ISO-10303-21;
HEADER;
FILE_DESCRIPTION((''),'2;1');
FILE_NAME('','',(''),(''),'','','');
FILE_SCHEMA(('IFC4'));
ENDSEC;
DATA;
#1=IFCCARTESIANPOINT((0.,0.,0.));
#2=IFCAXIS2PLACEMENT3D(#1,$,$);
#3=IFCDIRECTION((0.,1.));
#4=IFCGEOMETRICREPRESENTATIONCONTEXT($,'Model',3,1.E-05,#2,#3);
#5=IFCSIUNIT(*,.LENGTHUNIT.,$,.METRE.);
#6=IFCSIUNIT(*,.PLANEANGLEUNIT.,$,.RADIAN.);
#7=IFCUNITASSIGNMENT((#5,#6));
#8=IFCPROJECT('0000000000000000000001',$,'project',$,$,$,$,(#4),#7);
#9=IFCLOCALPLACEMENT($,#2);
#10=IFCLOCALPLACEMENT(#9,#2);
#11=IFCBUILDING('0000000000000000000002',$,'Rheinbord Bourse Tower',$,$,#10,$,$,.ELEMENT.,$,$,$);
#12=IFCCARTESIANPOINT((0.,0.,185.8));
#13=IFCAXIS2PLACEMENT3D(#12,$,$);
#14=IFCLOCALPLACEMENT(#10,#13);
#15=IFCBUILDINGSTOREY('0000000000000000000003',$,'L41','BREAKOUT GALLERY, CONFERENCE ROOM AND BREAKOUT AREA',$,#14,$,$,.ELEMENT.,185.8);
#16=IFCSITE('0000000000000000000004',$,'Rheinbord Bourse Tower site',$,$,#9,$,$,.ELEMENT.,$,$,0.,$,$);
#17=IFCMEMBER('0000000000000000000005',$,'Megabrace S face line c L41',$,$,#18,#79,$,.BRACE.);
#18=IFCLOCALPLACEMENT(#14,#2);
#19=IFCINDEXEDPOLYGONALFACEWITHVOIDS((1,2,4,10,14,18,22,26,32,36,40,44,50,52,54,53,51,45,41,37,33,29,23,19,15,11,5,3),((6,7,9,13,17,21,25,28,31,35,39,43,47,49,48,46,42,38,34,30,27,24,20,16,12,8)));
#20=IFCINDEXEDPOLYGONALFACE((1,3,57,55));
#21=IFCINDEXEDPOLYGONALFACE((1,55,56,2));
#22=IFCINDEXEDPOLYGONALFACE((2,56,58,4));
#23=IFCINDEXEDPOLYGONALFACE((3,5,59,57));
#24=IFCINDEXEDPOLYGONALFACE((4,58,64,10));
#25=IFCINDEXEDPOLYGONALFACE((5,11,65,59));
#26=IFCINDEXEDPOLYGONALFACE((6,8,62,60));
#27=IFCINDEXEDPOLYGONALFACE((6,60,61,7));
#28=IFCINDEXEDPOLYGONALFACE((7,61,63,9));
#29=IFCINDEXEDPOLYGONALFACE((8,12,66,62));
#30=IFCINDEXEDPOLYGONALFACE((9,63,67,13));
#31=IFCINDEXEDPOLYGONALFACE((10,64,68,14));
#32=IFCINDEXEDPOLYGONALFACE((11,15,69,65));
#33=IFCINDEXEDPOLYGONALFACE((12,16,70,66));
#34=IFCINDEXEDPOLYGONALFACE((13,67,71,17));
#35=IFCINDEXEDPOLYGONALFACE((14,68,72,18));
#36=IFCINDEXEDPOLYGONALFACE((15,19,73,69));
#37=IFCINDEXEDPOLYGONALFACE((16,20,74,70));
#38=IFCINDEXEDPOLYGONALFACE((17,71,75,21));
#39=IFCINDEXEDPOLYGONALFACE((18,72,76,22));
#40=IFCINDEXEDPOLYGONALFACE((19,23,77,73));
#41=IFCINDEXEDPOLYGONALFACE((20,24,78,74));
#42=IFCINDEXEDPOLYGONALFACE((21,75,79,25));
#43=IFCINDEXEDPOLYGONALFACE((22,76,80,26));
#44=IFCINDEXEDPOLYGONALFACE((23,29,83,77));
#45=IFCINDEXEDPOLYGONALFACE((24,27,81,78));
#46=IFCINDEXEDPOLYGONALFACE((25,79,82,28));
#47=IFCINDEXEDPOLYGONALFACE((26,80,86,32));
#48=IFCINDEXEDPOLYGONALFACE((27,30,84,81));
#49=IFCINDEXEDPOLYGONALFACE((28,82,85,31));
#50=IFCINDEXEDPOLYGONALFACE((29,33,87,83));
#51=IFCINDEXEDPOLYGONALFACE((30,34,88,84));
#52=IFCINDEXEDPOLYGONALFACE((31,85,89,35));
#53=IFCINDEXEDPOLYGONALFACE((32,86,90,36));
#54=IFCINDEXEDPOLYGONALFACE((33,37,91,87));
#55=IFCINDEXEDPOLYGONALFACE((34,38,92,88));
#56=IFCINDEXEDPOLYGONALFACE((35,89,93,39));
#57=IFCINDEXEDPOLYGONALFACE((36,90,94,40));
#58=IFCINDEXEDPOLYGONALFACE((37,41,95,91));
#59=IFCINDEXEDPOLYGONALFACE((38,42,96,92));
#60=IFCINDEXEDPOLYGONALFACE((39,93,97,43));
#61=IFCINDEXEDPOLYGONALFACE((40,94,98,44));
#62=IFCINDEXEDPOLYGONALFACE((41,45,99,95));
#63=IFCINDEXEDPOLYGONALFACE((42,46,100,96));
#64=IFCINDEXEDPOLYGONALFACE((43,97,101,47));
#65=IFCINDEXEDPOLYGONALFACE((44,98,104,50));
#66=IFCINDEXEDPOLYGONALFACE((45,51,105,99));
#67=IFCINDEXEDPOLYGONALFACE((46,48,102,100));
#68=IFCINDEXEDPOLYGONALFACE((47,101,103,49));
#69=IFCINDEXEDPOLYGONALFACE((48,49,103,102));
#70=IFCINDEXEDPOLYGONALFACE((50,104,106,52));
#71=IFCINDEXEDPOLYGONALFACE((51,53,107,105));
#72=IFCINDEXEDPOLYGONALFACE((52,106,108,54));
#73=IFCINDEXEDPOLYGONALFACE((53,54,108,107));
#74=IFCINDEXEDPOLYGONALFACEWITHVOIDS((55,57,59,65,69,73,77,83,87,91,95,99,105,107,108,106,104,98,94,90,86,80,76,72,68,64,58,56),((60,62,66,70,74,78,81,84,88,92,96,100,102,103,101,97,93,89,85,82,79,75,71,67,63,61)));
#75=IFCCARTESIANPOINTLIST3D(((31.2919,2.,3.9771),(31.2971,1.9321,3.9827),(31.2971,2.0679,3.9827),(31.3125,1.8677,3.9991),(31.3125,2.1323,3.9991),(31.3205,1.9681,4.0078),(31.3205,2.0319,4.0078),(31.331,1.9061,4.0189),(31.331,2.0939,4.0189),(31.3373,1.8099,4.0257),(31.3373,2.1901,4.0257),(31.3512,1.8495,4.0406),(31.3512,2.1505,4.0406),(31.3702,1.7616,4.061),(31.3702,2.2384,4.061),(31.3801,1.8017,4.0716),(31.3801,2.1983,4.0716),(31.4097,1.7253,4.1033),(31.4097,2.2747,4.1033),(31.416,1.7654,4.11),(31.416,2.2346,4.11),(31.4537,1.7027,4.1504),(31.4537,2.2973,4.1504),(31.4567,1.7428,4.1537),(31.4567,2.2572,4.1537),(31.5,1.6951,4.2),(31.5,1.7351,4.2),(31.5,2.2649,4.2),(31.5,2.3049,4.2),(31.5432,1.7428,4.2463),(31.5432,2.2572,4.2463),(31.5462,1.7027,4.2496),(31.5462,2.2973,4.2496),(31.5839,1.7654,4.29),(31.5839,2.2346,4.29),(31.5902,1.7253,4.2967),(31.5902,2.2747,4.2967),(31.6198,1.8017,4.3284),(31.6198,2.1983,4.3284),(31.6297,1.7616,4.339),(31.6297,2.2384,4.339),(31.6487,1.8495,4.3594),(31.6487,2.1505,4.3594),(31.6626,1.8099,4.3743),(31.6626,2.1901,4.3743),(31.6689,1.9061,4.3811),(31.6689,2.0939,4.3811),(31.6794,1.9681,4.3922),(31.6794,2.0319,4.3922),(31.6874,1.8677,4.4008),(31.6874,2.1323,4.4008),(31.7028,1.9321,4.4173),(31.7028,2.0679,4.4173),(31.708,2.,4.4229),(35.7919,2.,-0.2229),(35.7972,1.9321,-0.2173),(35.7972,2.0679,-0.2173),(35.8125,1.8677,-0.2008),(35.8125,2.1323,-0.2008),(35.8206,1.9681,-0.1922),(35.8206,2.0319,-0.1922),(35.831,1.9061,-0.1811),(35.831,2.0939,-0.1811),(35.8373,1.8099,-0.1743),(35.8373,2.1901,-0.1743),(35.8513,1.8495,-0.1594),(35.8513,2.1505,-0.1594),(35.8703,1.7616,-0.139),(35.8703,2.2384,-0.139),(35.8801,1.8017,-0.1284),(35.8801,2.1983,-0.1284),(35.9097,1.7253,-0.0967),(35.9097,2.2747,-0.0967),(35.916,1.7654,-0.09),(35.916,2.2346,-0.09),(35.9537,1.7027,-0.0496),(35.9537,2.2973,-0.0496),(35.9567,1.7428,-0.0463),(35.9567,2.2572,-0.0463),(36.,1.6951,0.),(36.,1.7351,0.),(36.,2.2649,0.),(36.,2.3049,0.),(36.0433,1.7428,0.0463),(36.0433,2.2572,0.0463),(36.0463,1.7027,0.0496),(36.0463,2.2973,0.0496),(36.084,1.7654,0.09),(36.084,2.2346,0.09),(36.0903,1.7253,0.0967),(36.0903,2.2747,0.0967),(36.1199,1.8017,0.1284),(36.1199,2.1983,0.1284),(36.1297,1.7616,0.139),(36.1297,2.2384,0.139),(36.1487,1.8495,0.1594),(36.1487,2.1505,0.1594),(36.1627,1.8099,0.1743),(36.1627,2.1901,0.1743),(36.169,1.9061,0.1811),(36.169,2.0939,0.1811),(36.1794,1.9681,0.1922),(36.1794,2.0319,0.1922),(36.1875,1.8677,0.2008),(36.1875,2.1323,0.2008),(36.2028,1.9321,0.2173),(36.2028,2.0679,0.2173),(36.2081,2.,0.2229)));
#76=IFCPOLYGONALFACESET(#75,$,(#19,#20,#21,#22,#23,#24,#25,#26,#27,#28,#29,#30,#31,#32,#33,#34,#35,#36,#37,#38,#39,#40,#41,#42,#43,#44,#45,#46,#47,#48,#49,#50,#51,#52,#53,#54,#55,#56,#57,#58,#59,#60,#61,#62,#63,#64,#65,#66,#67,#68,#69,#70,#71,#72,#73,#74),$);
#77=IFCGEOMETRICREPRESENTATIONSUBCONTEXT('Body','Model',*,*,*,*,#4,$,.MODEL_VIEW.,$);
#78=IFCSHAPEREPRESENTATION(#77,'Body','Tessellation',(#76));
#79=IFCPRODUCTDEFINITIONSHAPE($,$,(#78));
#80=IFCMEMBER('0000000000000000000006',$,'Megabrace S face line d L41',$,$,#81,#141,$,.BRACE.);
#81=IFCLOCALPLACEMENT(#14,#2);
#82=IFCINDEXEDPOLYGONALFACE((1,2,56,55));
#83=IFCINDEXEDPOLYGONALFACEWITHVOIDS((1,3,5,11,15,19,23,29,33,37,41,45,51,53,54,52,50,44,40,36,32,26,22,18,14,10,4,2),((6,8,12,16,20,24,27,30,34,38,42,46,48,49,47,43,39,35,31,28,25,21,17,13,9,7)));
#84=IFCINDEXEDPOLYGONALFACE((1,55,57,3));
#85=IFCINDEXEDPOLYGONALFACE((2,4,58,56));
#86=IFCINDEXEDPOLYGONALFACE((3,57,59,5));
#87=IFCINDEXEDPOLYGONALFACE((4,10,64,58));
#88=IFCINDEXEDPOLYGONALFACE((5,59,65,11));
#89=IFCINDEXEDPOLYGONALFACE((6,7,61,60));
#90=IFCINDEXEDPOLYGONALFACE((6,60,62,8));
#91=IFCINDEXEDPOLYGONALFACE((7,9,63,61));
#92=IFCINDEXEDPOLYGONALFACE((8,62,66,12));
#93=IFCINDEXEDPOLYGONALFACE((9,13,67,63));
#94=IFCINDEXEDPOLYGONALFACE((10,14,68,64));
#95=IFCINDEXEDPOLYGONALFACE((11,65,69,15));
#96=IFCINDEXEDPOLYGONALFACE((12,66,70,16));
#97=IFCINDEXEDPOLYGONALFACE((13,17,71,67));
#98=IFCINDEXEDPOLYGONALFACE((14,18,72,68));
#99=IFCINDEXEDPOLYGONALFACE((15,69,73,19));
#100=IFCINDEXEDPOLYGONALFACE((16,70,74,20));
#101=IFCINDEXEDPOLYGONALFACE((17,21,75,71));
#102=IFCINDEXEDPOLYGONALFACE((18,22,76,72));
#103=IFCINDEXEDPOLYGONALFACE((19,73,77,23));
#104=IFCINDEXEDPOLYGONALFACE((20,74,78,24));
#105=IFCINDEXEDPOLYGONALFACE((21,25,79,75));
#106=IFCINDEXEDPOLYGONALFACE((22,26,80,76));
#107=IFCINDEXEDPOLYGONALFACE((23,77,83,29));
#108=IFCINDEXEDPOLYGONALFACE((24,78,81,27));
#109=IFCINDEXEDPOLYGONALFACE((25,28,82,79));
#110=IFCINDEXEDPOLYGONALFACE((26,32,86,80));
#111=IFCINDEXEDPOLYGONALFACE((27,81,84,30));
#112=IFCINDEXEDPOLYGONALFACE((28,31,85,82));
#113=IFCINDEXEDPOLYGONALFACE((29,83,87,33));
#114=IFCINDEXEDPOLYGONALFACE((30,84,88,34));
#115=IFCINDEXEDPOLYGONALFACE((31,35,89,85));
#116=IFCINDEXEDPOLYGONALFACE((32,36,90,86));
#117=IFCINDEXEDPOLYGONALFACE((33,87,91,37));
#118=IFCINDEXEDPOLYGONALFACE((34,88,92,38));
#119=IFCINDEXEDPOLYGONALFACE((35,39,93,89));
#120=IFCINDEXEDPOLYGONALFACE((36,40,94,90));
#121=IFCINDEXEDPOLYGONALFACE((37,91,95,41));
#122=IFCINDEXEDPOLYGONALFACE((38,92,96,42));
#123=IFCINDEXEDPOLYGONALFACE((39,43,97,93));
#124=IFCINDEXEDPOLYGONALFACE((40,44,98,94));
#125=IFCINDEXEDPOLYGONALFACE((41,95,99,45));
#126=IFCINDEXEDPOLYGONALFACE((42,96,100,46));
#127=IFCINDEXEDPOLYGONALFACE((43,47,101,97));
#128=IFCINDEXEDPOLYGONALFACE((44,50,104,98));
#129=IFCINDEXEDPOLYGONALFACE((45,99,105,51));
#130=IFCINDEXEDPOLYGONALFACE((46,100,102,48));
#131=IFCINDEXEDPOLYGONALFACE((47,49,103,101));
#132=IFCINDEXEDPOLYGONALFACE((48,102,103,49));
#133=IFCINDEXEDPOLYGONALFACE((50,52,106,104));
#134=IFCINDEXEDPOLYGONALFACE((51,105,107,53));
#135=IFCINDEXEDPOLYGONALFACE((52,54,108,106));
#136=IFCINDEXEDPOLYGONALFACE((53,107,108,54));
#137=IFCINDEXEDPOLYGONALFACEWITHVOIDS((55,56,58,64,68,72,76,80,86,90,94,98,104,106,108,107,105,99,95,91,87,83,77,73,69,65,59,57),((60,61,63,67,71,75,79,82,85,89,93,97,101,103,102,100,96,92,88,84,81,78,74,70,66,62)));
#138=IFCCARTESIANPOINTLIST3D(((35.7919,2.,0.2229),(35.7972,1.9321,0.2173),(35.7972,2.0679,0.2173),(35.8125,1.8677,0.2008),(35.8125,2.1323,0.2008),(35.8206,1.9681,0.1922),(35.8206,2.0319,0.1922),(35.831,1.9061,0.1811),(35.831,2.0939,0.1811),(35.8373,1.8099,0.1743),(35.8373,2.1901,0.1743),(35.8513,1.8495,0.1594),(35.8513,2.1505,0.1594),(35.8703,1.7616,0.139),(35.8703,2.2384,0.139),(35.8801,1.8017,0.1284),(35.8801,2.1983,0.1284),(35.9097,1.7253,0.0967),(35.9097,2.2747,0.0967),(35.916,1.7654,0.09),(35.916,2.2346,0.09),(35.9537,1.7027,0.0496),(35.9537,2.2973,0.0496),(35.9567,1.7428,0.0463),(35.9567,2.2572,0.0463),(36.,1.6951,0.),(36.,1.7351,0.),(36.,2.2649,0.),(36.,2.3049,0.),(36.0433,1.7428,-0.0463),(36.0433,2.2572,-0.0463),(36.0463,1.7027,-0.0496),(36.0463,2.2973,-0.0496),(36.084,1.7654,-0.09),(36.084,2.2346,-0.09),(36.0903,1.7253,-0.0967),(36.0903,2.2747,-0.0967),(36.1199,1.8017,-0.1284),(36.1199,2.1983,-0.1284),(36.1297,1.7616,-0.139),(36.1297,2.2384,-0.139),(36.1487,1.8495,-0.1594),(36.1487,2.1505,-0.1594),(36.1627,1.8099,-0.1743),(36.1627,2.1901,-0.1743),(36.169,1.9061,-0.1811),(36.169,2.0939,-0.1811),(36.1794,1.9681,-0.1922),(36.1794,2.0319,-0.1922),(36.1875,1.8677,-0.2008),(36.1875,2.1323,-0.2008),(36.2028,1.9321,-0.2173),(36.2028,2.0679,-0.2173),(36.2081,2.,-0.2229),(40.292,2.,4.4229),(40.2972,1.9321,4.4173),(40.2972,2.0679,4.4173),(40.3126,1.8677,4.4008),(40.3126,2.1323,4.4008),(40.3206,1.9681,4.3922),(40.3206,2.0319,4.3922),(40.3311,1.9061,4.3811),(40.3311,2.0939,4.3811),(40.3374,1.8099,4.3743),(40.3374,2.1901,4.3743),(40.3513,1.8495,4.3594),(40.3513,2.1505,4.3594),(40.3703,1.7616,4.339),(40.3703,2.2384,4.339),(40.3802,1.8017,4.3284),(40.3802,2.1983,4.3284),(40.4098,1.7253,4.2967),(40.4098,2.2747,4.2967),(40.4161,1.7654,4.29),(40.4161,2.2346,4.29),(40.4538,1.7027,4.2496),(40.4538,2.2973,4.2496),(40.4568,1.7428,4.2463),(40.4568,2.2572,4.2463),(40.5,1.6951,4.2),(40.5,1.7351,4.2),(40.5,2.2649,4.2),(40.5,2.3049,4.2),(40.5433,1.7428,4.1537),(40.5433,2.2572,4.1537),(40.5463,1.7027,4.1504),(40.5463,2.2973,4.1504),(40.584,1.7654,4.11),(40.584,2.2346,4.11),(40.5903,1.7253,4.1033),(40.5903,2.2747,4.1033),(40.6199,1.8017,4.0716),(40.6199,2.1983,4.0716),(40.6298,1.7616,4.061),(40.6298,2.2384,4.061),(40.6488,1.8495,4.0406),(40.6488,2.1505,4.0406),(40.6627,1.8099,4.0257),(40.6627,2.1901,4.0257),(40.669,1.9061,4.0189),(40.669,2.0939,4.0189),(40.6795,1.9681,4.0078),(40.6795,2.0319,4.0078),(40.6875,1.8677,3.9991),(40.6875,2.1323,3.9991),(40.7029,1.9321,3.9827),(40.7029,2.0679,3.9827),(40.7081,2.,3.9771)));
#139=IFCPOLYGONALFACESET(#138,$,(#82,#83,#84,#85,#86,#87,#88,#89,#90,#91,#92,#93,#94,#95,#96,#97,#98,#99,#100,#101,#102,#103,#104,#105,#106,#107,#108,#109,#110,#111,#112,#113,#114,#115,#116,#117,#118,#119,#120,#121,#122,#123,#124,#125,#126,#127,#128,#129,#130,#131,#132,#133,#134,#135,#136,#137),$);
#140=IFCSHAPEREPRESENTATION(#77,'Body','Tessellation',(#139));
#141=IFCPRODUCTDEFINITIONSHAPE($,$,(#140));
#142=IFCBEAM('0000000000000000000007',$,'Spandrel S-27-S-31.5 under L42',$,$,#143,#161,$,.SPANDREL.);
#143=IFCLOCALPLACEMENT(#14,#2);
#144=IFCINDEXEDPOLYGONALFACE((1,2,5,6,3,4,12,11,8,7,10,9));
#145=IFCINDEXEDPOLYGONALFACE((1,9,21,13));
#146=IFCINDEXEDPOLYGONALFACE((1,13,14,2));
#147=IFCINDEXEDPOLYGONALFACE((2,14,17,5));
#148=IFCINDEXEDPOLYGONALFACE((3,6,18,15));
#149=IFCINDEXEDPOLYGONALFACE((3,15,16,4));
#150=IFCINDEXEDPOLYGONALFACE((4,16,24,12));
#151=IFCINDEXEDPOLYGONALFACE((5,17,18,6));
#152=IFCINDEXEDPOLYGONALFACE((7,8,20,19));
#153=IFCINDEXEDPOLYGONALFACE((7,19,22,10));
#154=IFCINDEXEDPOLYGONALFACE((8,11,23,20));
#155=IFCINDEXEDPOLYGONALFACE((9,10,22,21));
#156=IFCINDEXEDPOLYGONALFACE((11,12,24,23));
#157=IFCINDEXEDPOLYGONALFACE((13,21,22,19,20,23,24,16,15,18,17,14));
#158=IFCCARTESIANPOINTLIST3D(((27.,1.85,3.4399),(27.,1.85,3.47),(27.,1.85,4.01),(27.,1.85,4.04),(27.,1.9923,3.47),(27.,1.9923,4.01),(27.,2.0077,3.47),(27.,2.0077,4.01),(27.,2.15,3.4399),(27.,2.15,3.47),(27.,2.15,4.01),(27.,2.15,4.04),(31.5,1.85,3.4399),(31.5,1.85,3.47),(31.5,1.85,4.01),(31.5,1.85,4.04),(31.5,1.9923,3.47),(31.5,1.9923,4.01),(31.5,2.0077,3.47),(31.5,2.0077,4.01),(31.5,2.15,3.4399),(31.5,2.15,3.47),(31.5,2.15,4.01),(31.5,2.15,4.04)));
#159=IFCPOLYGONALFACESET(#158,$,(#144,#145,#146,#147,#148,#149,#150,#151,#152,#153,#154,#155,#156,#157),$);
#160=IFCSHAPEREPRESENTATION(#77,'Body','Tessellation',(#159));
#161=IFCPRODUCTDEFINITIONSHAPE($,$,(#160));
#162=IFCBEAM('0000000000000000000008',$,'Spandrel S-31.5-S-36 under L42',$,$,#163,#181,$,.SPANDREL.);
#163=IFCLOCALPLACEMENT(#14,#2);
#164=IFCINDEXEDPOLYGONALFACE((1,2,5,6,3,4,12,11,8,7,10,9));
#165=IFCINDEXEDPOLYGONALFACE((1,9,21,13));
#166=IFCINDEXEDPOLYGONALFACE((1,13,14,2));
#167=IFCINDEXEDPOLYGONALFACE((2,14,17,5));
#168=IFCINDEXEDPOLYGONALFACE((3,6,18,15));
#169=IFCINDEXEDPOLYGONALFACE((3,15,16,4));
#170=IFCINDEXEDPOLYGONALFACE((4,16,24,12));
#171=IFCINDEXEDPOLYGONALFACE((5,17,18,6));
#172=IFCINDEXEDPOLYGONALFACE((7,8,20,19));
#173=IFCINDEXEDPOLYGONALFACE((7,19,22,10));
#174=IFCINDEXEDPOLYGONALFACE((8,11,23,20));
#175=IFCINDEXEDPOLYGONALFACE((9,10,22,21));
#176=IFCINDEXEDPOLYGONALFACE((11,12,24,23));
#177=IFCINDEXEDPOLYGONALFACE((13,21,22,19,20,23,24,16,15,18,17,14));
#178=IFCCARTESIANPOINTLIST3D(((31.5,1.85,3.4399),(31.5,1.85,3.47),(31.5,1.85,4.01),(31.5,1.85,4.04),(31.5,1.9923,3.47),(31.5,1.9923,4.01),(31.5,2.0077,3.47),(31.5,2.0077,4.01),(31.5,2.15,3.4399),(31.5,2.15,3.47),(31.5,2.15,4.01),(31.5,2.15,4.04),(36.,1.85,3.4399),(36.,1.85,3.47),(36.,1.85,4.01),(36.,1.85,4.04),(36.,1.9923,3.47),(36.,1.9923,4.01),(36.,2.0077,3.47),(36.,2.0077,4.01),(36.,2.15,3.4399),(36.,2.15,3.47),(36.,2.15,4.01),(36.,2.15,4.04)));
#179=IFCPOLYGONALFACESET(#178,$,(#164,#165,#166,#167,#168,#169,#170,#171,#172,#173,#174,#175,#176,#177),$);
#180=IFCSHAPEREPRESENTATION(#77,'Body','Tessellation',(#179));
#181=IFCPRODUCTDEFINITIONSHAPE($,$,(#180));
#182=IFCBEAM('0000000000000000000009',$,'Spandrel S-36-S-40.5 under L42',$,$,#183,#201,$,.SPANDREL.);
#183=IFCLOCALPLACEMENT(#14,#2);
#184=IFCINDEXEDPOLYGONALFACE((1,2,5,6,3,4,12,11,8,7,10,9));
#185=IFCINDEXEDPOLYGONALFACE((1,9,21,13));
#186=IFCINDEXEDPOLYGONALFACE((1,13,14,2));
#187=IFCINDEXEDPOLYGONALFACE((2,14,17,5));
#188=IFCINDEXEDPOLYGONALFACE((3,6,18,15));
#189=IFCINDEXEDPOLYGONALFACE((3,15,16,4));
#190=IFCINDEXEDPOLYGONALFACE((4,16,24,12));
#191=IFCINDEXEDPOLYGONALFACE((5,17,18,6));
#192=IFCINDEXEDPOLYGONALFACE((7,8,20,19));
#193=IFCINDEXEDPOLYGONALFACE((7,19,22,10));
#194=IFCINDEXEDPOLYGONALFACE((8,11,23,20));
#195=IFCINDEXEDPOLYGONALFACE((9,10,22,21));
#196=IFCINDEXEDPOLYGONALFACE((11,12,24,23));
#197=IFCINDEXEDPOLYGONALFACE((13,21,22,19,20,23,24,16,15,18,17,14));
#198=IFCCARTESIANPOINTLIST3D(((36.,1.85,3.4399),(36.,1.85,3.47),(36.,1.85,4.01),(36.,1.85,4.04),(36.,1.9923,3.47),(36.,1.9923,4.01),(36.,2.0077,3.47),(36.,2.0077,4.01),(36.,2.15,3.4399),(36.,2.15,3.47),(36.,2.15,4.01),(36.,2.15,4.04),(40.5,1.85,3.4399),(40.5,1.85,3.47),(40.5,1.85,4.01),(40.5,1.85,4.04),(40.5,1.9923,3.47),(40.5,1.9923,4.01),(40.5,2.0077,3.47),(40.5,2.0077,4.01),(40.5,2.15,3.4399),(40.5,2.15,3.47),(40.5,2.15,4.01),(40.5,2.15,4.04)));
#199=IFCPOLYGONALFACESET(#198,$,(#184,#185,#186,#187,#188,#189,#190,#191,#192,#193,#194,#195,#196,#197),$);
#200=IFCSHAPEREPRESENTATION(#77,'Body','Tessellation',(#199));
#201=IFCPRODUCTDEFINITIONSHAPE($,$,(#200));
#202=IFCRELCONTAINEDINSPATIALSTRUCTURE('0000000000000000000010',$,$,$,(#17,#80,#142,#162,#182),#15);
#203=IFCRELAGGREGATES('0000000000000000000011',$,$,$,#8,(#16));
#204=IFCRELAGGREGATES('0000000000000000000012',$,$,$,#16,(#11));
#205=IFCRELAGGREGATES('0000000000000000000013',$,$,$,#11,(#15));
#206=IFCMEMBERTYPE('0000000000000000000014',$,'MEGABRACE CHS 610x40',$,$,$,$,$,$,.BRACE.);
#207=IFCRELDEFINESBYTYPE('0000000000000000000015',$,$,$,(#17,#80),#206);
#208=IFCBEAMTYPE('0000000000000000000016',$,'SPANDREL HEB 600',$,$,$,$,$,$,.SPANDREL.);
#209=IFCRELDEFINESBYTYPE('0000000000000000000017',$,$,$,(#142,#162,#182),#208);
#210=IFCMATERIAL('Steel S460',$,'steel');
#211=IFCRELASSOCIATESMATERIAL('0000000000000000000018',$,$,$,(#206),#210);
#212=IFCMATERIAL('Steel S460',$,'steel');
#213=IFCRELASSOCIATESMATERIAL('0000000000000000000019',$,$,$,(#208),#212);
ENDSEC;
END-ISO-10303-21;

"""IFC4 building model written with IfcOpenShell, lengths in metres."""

from ifc_helpers import new_model, si_unit, direction, frame, origin, origin_2d, place, context, subcontext, project, spatial, hollow_circle, i_section, extrude, material, material_profile, profile_set, type_object, element, save


model = new_model("IFC4")

# Units and contexts
model_context = context("Model", 3, precision=1e-05, world=origin(), true_north=direction((0.0, 1.0)))
body_context = subcontext(model_context, "Body", "Model", "MODEL_VIEW")
ifc_project = project(units=[si_unit("LENGTHUNIT", "METRE"), si_unit("PLANEANGLEUNIT", "RADIAN")], contexts=[model_context])

# Site, building, storey
site_placement = place(None, origin())
site = spatial("IfcSite", under=ifc_project, at=site_placement, Name="Rheinbord Bourse Tower site", CompositionType="ELEMENT", RefElevation=0.0)
building_placement = place(site_placement, origin())
building = spatial("IfcBuilding", under=site, at=building_placement, Name="Rheinbord Bourse Tower", CompositionType="ELEMENT")
storey_placement = place(building_placement, frame((0.0, 0.0, 185.8)))
storey = spatial("IfcBuildingStorey", under=building, at=storey_placement, Name="L41", Description="BREAKOUT GALLERY, CONFERENCE ROOM AND BREAKOUT AREA", CompositionType="ELEMENT", Elevation=185.8)

# Members
ifc_material_1 = material(Name="Steel S460", Category="steel")
ifc_material_profile_1 = material_profile(ifc_material_1, hollow_circle(Radius=0.3049, WallThickness=0.04, at=origin_2d()), Name="CHS 610x40")
ifc_profile_set_1 = profile_set([ifc_material_profile_1], Name="Steel S460")
member_type_1 = type_object("IfcMemberType", Name="MEGABRACE CHS 610x40", PredefinedType="BRACE", material=ifc_profile_set_1)
for number, where, z_axis, x_axis, name in (
    (1, (36.0, 2.0, 0.0), (-0.731059, 0.0, 0.682314), (0.0, -1.0, 0.0), "Megabrace S face line c L41"),
    (2, (36.0, 2.0, 0.0), (0.731059, 0.0, 0.682314), (0.0, 1.0, 0.0), "Megabrace S face line d L41"),
):
    element("IfcMember", number, at=place(storey_placement, frame(where, z_axis=z_axis, x_axis=x_axis)), inside=storey, type_object=member_type_1, Name=name, PredefinedType="BRACE", context=body_context, shape_type="SweptSolid", body=[
        extrude(hollow_circle(Radius=0.3049, WallThickness=0.04, at=origin_2d()), origin(), (0.0, 0.0, 1.0), 6.1555),
    ])

# Beams
ifc_material_2 = material(Name="Steel S460", Category="steel")
ifc_material_profile_2 = material_profile(ifc_material_2, i_section(OverallWidth=0.3, OverallDepth=0.6001, WebThickness=0.0154, FlangeThickness=0.03, at=origin_2d()), Name="HEB 600")
ifc_profile_set_2 = profile_set([ifc_material_profile_2], Name="Steel S460")
beam_type_1 = type_object("IfcBeamType", Name="SPANDREL HEB 600", PredefinedType="SPANDREL", material=ifc_profile_set_2)
for number, where, z_axis, x_axis, name in (
    (3, (27.0, 2.0, 3.74), (1.0, 0.0, 0.0), (0.0, 1.0, 0.0), "Spandrel S-27-S-31.5 under L42"),
    (4, (31.5, 2.0, 3.74), (1.0, 0.0, 0.0), (0.0, 1.0, 0.0), "Spandrel S-31.5-S-36 under L42"),
    (5, (36.0, 2.0, 3.74), (1.0, 0.0, 0.0), (0.0, 1.0, 0.0), "Spandrel S-36-S-40.5 under L42"),
):
    element("IfcBeam", number, at=place(storey_placement, frame(where, z_axis=z_axis, x_axis=x_axis)), inside=storey, type_object=beam_type_1, Name=name, PredefinedType="SPANDREL", context=body_context, shape_type="SweptSolid", body=[
        extrude(i_section(OverallWidth=0.3, OverallDepth=0.6001, WebThickness=0.0154, FlangeThickness=0.03, at=origin_2d()), origin(), (0.0, 0.0, 1.0), 4.5),
    ])

save(model, "model.ifc")
